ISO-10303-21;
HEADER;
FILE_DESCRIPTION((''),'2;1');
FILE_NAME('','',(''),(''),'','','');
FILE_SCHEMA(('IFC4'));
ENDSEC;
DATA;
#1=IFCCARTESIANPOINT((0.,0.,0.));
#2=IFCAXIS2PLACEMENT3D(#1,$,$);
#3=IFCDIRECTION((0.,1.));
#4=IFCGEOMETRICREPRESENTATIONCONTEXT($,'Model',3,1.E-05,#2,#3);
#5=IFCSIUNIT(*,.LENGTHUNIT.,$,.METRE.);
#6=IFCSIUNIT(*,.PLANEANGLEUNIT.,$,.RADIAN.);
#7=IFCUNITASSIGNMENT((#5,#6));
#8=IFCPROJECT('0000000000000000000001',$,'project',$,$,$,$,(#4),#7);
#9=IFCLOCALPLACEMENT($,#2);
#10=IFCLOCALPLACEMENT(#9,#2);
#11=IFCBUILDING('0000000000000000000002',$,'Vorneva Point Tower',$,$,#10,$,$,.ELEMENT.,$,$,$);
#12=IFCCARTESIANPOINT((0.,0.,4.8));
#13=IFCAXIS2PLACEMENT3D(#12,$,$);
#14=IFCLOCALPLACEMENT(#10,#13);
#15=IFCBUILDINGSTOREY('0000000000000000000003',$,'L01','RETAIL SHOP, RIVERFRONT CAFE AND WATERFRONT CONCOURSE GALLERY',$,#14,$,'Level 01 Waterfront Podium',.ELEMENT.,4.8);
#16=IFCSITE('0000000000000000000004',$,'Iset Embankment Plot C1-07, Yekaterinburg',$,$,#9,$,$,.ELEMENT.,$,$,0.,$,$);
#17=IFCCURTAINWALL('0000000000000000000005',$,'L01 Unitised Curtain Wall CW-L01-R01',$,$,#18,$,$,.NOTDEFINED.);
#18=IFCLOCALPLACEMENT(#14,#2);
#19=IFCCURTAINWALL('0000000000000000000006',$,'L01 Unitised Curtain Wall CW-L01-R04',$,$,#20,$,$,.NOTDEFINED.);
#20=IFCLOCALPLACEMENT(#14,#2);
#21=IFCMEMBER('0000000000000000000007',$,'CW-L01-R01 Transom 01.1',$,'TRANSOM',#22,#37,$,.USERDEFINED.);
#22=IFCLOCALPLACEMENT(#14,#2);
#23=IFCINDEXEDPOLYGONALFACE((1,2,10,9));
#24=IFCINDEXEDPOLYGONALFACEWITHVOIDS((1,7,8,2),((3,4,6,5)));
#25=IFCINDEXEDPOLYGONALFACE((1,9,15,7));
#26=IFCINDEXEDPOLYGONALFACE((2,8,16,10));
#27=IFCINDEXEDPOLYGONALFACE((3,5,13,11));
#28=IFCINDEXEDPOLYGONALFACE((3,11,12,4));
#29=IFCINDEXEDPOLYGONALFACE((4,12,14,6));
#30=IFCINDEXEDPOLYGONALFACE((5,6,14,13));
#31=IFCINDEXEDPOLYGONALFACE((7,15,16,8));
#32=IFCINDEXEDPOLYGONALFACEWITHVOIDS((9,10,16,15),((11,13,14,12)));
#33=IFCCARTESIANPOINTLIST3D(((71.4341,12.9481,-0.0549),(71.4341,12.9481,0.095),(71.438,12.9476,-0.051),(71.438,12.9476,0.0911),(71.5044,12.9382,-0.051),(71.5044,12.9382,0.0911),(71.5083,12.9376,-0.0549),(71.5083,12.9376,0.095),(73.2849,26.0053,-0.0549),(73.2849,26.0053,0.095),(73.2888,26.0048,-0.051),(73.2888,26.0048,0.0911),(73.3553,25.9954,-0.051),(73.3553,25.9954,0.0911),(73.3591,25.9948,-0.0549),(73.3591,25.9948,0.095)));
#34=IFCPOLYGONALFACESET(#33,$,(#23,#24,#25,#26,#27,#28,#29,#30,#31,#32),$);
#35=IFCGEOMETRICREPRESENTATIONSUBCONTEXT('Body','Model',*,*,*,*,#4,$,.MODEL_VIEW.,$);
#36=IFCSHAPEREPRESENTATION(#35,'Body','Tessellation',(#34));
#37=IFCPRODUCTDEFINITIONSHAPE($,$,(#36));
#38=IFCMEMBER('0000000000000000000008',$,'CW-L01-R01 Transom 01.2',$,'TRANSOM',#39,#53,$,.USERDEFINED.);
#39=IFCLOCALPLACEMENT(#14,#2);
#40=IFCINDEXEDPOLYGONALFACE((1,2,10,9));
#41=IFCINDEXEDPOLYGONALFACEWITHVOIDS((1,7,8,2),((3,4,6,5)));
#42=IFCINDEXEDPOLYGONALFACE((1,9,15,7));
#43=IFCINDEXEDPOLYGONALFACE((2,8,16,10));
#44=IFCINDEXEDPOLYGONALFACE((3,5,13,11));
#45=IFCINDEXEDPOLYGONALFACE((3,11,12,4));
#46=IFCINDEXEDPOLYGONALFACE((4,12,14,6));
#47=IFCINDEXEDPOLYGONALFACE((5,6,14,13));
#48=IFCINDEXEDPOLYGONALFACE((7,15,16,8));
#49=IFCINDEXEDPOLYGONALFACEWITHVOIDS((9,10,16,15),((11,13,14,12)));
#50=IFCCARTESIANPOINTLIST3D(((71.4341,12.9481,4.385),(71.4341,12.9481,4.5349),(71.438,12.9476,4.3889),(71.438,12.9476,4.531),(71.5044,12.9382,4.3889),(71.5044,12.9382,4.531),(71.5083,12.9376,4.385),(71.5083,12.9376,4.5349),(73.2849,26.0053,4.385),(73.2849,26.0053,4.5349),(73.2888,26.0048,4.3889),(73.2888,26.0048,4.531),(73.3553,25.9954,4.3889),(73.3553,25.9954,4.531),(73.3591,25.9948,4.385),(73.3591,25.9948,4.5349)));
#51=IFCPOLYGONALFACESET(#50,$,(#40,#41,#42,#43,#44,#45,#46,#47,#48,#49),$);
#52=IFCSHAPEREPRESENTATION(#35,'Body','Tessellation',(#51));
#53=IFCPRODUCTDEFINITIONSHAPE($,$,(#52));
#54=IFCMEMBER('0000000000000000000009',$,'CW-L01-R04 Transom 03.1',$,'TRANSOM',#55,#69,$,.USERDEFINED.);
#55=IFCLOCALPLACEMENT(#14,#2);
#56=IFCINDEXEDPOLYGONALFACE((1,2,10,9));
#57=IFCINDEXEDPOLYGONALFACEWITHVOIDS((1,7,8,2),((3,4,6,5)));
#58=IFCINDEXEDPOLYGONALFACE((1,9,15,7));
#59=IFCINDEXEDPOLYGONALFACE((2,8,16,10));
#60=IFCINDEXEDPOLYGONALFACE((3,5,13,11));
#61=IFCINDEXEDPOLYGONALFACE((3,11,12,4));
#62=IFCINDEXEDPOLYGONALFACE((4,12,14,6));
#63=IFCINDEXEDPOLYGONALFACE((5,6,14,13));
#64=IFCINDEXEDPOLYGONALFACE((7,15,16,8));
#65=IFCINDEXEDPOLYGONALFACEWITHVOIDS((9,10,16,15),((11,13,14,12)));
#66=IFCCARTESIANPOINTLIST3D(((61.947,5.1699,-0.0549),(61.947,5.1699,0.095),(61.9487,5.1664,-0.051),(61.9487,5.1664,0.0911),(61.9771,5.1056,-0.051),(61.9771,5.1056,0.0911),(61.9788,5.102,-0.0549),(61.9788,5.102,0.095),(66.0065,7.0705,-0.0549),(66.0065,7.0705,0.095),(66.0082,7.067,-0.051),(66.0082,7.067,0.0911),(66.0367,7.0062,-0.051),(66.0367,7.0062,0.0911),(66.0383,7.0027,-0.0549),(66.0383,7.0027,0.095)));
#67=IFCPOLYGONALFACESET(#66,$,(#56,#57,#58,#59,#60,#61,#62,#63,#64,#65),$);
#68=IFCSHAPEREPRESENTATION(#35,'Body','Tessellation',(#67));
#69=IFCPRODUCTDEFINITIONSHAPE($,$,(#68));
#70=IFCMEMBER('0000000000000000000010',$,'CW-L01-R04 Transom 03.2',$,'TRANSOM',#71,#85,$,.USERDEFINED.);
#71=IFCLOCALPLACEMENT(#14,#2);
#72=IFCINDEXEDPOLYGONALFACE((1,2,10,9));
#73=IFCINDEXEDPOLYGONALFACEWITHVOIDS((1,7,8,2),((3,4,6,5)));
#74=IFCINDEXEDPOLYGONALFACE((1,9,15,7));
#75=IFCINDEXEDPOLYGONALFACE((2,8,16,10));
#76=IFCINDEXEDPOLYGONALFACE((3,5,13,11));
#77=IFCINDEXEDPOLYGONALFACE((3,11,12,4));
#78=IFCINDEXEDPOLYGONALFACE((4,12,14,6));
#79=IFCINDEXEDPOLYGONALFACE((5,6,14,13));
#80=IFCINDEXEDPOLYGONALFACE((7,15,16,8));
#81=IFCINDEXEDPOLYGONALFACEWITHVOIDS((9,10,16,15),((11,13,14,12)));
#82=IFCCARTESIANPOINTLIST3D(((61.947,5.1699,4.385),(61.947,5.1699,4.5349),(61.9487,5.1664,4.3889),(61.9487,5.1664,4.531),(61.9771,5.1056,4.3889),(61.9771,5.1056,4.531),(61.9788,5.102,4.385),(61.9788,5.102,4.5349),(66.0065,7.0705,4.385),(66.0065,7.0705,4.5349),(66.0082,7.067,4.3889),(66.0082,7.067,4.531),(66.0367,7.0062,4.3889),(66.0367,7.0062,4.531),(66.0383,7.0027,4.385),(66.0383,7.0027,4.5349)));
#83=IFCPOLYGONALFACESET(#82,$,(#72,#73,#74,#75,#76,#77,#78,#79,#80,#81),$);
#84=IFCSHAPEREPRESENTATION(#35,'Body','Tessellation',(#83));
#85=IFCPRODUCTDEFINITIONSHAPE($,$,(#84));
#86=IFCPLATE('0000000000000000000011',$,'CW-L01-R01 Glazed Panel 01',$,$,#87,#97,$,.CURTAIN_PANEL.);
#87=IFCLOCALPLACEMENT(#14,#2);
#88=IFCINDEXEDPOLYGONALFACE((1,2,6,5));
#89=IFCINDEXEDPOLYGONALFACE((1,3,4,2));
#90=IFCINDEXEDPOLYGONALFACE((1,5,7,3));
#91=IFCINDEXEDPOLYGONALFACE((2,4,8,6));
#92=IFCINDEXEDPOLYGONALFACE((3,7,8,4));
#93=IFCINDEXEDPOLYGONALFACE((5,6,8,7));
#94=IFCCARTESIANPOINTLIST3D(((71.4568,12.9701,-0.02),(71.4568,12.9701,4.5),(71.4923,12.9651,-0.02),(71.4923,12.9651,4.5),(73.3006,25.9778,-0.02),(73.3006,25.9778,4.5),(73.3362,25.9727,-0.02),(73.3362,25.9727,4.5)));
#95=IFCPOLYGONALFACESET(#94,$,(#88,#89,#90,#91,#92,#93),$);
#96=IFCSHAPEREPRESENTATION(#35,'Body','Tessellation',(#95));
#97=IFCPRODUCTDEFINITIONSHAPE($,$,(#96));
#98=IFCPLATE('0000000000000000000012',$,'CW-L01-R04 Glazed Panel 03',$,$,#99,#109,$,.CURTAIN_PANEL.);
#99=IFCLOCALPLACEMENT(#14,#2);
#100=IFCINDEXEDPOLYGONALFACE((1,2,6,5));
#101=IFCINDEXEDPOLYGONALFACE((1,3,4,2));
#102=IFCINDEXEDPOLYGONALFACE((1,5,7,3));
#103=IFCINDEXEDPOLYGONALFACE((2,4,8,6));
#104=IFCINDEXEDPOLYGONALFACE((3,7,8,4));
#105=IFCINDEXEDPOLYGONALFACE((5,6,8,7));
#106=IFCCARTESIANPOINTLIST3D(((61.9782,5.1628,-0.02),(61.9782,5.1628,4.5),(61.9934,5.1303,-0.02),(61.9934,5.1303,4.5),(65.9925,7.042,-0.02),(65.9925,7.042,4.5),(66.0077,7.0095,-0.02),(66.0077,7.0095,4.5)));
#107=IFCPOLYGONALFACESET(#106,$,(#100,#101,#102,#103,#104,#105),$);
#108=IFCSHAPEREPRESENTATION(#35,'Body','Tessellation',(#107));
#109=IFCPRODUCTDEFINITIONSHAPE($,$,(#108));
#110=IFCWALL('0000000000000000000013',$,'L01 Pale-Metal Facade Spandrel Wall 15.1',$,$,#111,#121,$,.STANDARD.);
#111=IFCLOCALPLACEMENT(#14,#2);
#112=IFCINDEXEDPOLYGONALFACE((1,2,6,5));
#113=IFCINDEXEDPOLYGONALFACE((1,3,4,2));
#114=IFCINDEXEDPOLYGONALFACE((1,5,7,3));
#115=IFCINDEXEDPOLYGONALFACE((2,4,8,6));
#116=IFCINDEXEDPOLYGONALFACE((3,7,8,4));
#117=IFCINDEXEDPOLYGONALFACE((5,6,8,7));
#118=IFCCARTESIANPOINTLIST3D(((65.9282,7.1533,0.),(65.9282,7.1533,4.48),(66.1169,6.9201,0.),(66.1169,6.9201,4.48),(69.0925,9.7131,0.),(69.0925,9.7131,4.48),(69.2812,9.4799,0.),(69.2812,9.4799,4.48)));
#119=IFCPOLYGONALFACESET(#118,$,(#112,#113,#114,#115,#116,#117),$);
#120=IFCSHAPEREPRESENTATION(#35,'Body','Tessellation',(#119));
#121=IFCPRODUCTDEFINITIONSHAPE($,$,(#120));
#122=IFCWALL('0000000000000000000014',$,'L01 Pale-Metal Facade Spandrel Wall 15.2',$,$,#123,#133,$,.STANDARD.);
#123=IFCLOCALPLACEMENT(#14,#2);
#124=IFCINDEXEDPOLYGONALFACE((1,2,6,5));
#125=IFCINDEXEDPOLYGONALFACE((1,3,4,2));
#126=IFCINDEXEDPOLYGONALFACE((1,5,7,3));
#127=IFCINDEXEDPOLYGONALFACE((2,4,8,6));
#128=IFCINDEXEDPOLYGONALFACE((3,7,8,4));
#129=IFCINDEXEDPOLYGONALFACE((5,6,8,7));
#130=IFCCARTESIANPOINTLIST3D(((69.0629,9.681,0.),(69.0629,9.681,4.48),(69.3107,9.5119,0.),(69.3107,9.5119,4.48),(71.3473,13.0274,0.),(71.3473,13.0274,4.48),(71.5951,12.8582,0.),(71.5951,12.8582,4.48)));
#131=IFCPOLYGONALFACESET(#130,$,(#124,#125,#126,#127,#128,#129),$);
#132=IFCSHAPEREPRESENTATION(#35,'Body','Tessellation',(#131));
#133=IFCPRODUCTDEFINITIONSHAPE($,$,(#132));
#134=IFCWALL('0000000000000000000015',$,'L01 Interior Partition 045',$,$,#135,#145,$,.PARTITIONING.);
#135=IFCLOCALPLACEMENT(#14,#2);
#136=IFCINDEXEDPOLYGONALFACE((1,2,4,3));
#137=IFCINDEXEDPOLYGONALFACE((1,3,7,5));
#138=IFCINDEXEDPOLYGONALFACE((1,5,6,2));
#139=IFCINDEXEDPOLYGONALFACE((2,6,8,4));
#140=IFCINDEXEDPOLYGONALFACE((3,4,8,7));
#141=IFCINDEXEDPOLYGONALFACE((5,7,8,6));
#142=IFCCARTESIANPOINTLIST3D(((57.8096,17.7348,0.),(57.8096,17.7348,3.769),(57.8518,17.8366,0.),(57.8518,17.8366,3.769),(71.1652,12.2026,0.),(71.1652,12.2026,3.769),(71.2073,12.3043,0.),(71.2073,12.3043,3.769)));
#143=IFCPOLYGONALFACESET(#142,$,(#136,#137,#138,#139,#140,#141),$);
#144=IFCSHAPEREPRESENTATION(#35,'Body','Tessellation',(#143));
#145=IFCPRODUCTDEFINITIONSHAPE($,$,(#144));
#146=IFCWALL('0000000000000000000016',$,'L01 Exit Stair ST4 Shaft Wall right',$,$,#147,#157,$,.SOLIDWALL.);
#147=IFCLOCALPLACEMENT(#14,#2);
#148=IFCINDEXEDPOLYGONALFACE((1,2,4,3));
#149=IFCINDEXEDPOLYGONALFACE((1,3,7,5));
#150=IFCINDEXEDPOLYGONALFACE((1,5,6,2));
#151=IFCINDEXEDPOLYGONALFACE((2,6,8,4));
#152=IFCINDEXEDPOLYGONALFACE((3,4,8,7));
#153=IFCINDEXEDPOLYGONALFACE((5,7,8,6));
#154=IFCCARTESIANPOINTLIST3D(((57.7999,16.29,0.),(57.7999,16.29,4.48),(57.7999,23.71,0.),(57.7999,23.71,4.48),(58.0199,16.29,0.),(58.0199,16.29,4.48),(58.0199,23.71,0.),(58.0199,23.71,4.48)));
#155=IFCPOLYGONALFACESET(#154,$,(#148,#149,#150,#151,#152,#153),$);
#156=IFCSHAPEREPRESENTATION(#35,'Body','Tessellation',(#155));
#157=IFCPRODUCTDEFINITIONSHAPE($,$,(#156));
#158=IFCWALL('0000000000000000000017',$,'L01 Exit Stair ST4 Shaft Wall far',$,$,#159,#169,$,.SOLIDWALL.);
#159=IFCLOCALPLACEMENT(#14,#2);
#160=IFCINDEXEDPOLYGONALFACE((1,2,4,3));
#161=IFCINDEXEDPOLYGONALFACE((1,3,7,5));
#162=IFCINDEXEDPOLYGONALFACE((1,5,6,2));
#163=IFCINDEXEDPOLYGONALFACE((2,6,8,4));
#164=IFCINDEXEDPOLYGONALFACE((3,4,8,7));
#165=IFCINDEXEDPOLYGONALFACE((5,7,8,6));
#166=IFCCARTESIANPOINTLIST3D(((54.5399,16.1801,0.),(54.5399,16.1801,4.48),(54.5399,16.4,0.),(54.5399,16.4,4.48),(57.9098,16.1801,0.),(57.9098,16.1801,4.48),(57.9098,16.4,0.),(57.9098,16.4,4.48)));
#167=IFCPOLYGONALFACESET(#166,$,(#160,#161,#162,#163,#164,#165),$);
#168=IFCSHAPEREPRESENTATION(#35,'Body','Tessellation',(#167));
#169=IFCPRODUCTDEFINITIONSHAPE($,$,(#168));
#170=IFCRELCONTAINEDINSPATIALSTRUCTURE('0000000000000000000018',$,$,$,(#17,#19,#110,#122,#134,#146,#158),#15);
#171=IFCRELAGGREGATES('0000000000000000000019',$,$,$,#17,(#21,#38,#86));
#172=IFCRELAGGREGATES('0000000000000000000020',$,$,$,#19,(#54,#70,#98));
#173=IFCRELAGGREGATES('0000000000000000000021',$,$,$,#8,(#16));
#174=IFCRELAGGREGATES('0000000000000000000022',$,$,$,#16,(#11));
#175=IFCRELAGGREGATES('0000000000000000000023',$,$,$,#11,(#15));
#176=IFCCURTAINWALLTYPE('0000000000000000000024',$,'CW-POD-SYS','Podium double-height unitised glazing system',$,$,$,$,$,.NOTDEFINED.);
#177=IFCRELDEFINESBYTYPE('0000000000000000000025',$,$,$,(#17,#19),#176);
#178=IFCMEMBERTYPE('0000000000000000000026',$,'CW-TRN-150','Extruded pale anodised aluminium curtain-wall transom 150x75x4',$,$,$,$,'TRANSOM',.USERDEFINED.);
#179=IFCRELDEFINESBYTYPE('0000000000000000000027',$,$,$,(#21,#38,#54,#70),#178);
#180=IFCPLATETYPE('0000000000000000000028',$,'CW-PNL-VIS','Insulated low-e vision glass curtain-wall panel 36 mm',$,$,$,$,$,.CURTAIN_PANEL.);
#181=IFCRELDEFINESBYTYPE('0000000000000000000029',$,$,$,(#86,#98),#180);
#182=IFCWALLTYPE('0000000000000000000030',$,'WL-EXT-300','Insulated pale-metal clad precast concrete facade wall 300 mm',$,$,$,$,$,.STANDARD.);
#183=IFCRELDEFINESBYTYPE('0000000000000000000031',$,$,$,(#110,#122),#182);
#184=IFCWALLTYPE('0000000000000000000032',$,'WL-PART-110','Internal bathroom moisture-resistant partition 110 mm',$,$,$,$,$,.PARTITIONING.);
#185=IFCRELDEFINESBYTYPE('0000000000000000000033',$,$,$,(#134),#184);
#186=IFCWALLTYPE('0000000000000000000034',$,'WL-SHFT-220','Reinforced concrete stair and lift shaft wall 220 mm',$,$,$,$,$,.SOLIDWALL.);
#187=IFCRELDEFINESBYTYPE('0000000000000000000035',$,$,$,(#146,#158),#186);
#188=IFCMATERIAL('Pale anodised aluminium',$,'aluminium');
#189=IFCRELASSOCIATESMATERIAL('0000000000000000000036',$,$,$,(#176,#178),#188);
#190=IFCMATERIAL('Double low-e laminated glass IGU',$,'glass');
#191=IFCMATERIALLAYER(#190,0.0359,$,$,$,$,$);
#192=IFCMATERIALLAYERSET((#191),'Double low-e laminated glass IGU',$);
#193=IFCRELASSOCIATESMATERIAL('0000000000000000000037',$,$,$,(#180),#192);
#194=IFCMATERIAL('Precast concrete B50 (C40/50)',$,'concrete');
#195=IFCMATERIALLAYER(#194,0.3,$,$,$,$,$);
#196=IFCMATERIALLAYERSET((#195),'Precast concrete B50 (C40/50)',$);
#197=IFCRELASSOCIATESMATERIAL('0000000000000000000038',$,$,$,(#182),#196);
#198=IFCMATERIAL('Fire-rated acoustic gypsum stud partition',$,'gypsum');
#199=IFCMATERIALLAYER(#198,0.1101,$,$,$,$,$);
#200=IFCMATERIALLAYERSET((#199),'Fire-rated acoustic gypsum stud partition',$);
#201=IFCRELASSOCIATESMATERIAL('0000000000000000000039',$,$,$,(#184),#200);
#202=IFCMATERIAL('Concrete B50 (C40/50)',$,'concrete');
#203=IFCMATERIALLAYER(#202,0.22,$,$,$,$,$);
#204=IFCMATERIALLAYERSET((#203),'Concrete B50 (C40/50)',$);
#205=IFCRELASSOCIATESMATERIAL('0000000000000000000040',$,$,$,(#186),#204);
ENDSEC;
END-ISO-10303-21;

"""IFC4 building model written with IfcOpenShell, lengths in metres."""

from ifc_helpers import new_model, si_unit, direction, frame, frame_2d, origin, origin_2d, place, context, subcontext, project, spatial, rectangle, hollow_rectangle, extrude, material, layer, layer_set, material_profile, profile_set, type_object, element, aggregate, save


model = new_model("IFC4")

# Units and contexts
model_context = context("Model", 3, precision=1e-05, world=origin(), true_north=direction((0.0, 1.0)))
body_context = subcontext(model_context, "Body", "Model", "MODEL_VIEW")
ifc_project = project(units=[si_unit("LENGTHUNIT", "METRE"), si_unit("PLANEANGLEUNIT", "RADIAN")], contexts=[model_context])

# Site, building, storey
site_placement = place(None, origin())
site = spatial("IfcSite", under=ifc_project, at=site_placement, Name="Iset Embankment Plot C1-07, Yekaterinburg", CompositionType="ELEMENT", RefElevation=0.0)
building_placement = place(site_placement, origin())
building = spatial("IfcBuilding", under=site, at=building_placement, Name="Vorneva Point Tower", CompositionType="ELEMENT")
storey_placement = place(building_placement, frame((0.0, 0.0, 4.8)))
storey = spatial("IfcBuildingStorey", under=building, at=storey_placement, Name="L01", Description="RETAIL SHOP, RIVERFRONT CAFE AND WATERFRONT CONCOURSE GALLERY", LongName="Level 01 Waterfront Podium", CompositionType="ELEMENT", Elevation=4.8)

# Curtain wall
ifc_material_1 = material(Name="Pale anodised aluminium", Category="aluminium")
curtain_wall_type = type_object("IfcCurtainWallType", Name="CW-POD-SYS", Description="Podium double-height unitised glazing system", PredefinedType="NOTDEFINED", material=ifc_material_1)
curtain_wall_1_placement = place(storey_placement, origin())
curtain_wall_1 = element("IfcCurtainWall", 1, at=curtain_wall_1_placement, inside=storey, type_object=curtain_wall_type, Name="L01 Unitised Curtain Wall CW-L01-R01", PredefinedType="NOTDEFINED")

# Curtain wall
curtain_wall_2_placement = place(storey_placement, origin())
curtain_wall_2 = element("IfcCurtainWall", 2, at=curtain_wall_2_placement, inside=storey, type_object=curtain_wall_type, Name="L01 Unitised Curtain Wall CW-L01-R04", PredefinedType="NOTDEFINED")

# Members
ifc_material_profile_1 = material_profile(ifc_material_1, hollow_rectangle(XDim=0.075, YDim=0.1499, WallThickness=0.0039, at=origin_2d()), Name="AL-TRN 150x75x4")
ifc_profile_set_1 = profile_set([ifc_material_profile_1], Name="Pale anodised aluminium")
member_type_1 = type_object("IfcMemberType", Name="CW-TRN-150", Description="Extruded pale anodised aluminium curtain-wall transom 150x75x4", ElementType="TRANSOM", PredefinedType="USERDEFINED", material=ifc_profile_set_1)
member_1_placement = place(storey_placement, frame((71.4712, 12.9429, 0.02), z_axis=(0.140346, 0.990103, 0.0), x_axis=(-0.990103, 0.140346, 0.0)))
member_1 = element("IfcMember", 3, at=member_1_placement, type_object=member_type_1, Name="CW-L01-R01 Transom 01.1", ObjectType="TRANSOM", PredefinedType="USERDEFINED", context=body_context, shape_type="SweptSolid", body=[
    extrude(hollow_rectangle(XDim=0.075, YDim=0.1499, WallThickness=0.0039, at=origin_2d()), origin(), (0.0, 0.0, 1.0), 13.1877),
])
member_2_placement = place(storey_placement, frame((71.4712, 12.9429, 4.46), z_axis=(0.140346, 0.990103, 0.0), x_axis=(-0.990103, 0.140346, 0.0)))
member_2 = element("IfcMember", 4, at=member_2_placement, type_object=member_type_1, Name="CW-L01-R01 Transom 01.2", ObjectType="TRANSOM", PredefinedType="USERDEFINED", context=body_context, shape_type="SweptSolid", body=[
    extrude(hollow_rectangle(XDim=0.075, YDim=0.1499, WallThickness=0.0039, at=origin_2d()), origin(), (0.0, 0.0, 1.0), 13.1877),
])
member_3_placement = place(storey_placement, frame((61.9629, 5.136, 0.02), z_axis=(0.905655, 0.424015, 0.0), x_axis=(-0.424015, 0.905655, 0.0)))
member_3 = element("IfcMember", 5, at=member_3_placement, type_object=member_type_1, Name="CW-L01-R04 Transom 03.1", ObjectType="TRANSOM", PredefinedType="USERDEFINED", context=body_context, shape_type="SweptSolid", body=[
    extrude(hollow_rectangle(XDim=0.075, YDim=0.1499, WallThickness=0.0039, at=origin_2d()), origin(), (0.0, 0.0, 1.0), 4.4824),
])
member_4_placement = place(storey_placement, frame((61.9629, 5.136, 4.46), z_axis=(0.905655, 0.424015, 0.0), x_axis=(-0.424015, 0.905655, 0.0)))
member_4 = element("IfcMember", 6, at=member_4_placement, type_object=member_type_1, Name="CW-L01-R04 Transom 03.2", ObjectType="TRANSOM", PredefinedType="USERDEFINED", context=body_context, shape_type="SweptSolid", body=[
    extrude(hollow_rectangle(XDim=0.075, YDim=0.1499, WallThickness=0.0039, at=origin_2d()), origin(), (0.0, 0.0, 1.0), 4.4824),
])

# Plates
ifc_material_2 = material(Name="Double low-e laminated glass IGU", Category="glass")
ifc_layer_1 = layer(ifc_material_2, 0.0359)
ifc_layer_set_1 = layer_set([ifc_layer_1], Name="Double low-e laminated glass IGU")
plate_type = type_object("IfcPlateType", Name="CW-PNL-VIS", Description="Insulated low-e vision glass curtain-wall panel 36 mm", PredefinedType="CURTAIN_PANEL", material=ifc_layer_set_1)
plate_1_placement = place(storey_placement, frame((72.3965, 19.4714, -0.02), z_axis=(0.0, 0.0, 1.0), x_axis=(0.140348, 0.990102, 0.0)))
plate_1 = element("IfcPlate", 7, at=plate_1_placement, type_object=plate_type, Name="CW-L01-R01 Glazed Panel 01", PredefinedType="CURTAIN_PANEL", context=body_context, shape_type="SweptSolid", body=[
    extrude(rectangle(XDim=13.1377, YDim=0.0359, at=origin_2d()), origin(), (0.0, 0.0, 1.0), 4.52),
])
aggregate(curtain_wall_1, [member_1, member_2, plate_1])
plate_2_placement = place(storey_placement, frame((63.9929, 6.0862, -0.02), z_axis=(0.0, 0.0, 1.0), x_axis=(0.905672, 0.423978, 0.0)))
plate_2 = element("IfcPlate", 8, at=plate_2_placement, type_object=plate_type, Name="CW-L01-R04 Glazed Panel 03", PredefinedType="CURTAIN_PANEL", context=body_context, shape_type="SweptSolid", body=[
    extrude(rectangle(XDim=4.4324, YDim=0.0359, at=origin_2d()), origin(), (0.0, 0.0, 1.0), 4.52),
])
aggregate(curtain_wall_2, [member_3, member_4, plate_2])

# Walls
ifc_material_3 = material(Name="Precast concrete B50 (C40/50)", Category="concrete")
ifc_layer_2 = layer(ifc_material_3, 0.3)
ifc_layer_set_2 = layer_set([ifc_layer_2], Name="Precast concrete B50 (C40/50)")
wall_type_1 = type_object("IfcWallType", Name="WL-EXT-300", Description="Insulated pale-metal clad precast concrete facade wall 300 mm", PredefinedType="STANDARD", material=ifc_layer_set_2)
wall_1_placement = place(storey_placement, frame((66.0225, 7.0366, 0.0), z_axis=(0.0, 0.0, 1.0), x_axis=(0.777457, 0.628936, 0.0)))
element("IfcWall", 9, at=wall_1_placement, inside=storey, type_object=wall_type_1, Name="L01 Pale-Metal Facade Spandrel Wall 15.1", PredefinedType="STANDARD", context=body_context, shape_type="SweptSolid", body=[
    extrude(rectangle(XDim=4.0701, YDim=0.3, at=frame_2d((2.0352, 0.0))), origin(), (0.0, 0.0, 1.0), 4.48),
])
wall_2_placement = place(storey_placement, frame((69.1868, 9.5964, 0.0), z_axis=(0.0, 0.0, 1.0), x_axis=(0.563802, 0.82591, 0.0)))
element("IfcWall", 10, at=wall_2_placement, inside=storey, type_object=wall_type_1, Name="L01 Pale-Metal Facade Spandrel Wall 15.2", PredefinedType="STANDARD", context=body_context, shape_type="SweptSolid", body=[
    extrude(rectangle(XDim=4.0518, YDim=0.3, at=frame_2d((2.0259, 0.0))), origin(), (0.0, 0.0, 1.0), 4.48),
])
ifc_material_4 = material(Name="Fire-rated acoustic gypsum stud partition", Category="gypsum")
ifc_layer_3 = layer(ifc_material_4, 0.1101)
ifc_layer_set_3 = layer_set([ifc_layer_3], Name="Fire-rated acoustic gypsum stud partition")
wall_type_2 = type_object("IfcWallType", Name="WL-PART-110", Description="Internal bathroom moisture-resistant partition 110 mm", PredefinedType="PARTITIONING", material=ifc_layer_set_3)
wall_3_placement = place(storey_placement, frame((71.1863, 12.2534, 0.0), z_axis=(0.0, 0.0, 1.0), x_axis=(-0.923874, 0.382696, 0.0)))
element("IfcWall", 11, at=wall_3_placement, inside=storey, type_object=wall_type_2, Name="L01 Interior Partition 045", PredefinedType="PARTITIONING", context=body_context, shape_type="SweptSolid", body=[
    extrude(rectangle(XDim=14.4561, YDim=0.1101, at=frame_2d((7.228, 0.0))), origin(), (0.0, 0.0, 1.0), 3.769),
])
ifc_material_5 = material(Name="Concrete B50 (C40/50)", Category="concrete")
ifc_layer_4 = layer(ifc_material_5, 0.22)
ifc_layer_set_4 = layer_set([ifc_layer_4], Name="Concrete B50 (C40/50)")
wall_type_3 = type_object("IfcWallType", Name="WL-SHFT-220", Description="Reinforced concrete stair and lift shaft wall 220 mm", PredefinedType="SOLIDWALL", material=ifc_layer_set_4)
wall_4_placement = place(storey_placement, frame((57.9099, 23.71, 0.0), z_axis=(0.0, 0.0, 1.0), x_axis=(0.0, -1.0, 0.0)))
element("IfcWall", 12, at=wall_4_placement, inside=storey, type_object=wall_type_3, Name="L01 Exit Stair ST4 Shaft Wall right", PredefinedType="SOLIDWALL", context=body_context, shape_type="SweptSolid", body=[
    extrude(rectangle(XDim=7.4199, YDim=0.22, at=frame_2d((3.71, 0.0))), origin(), (0.0, 0.0, 1.0), 4.48),
])
wall_5_placement = place(storey_placement, frame((57.9099, 16.29, 0.0), z_axis=(0.0, 0.0, 1.0), x_axis=(-1.0, 0.0, 0.0)))
element("IfcWall", 13, at=wall_5_placement, inside=storey, type_object=wall_type_3, Name="L01 Exit Stair ST4 Shaft Wall far", PredefinedType="SOLIDWALL", context=body_context, shape_type="SweptSolid", body=[
    extrude(rectangle(XDim=3.3699, YDim=0.22, at=frame_2d((1.6851, 0.0))), origin(), (0.0, 0.0, 1.0), 4.48),
])

save(model, "model.ifc")
